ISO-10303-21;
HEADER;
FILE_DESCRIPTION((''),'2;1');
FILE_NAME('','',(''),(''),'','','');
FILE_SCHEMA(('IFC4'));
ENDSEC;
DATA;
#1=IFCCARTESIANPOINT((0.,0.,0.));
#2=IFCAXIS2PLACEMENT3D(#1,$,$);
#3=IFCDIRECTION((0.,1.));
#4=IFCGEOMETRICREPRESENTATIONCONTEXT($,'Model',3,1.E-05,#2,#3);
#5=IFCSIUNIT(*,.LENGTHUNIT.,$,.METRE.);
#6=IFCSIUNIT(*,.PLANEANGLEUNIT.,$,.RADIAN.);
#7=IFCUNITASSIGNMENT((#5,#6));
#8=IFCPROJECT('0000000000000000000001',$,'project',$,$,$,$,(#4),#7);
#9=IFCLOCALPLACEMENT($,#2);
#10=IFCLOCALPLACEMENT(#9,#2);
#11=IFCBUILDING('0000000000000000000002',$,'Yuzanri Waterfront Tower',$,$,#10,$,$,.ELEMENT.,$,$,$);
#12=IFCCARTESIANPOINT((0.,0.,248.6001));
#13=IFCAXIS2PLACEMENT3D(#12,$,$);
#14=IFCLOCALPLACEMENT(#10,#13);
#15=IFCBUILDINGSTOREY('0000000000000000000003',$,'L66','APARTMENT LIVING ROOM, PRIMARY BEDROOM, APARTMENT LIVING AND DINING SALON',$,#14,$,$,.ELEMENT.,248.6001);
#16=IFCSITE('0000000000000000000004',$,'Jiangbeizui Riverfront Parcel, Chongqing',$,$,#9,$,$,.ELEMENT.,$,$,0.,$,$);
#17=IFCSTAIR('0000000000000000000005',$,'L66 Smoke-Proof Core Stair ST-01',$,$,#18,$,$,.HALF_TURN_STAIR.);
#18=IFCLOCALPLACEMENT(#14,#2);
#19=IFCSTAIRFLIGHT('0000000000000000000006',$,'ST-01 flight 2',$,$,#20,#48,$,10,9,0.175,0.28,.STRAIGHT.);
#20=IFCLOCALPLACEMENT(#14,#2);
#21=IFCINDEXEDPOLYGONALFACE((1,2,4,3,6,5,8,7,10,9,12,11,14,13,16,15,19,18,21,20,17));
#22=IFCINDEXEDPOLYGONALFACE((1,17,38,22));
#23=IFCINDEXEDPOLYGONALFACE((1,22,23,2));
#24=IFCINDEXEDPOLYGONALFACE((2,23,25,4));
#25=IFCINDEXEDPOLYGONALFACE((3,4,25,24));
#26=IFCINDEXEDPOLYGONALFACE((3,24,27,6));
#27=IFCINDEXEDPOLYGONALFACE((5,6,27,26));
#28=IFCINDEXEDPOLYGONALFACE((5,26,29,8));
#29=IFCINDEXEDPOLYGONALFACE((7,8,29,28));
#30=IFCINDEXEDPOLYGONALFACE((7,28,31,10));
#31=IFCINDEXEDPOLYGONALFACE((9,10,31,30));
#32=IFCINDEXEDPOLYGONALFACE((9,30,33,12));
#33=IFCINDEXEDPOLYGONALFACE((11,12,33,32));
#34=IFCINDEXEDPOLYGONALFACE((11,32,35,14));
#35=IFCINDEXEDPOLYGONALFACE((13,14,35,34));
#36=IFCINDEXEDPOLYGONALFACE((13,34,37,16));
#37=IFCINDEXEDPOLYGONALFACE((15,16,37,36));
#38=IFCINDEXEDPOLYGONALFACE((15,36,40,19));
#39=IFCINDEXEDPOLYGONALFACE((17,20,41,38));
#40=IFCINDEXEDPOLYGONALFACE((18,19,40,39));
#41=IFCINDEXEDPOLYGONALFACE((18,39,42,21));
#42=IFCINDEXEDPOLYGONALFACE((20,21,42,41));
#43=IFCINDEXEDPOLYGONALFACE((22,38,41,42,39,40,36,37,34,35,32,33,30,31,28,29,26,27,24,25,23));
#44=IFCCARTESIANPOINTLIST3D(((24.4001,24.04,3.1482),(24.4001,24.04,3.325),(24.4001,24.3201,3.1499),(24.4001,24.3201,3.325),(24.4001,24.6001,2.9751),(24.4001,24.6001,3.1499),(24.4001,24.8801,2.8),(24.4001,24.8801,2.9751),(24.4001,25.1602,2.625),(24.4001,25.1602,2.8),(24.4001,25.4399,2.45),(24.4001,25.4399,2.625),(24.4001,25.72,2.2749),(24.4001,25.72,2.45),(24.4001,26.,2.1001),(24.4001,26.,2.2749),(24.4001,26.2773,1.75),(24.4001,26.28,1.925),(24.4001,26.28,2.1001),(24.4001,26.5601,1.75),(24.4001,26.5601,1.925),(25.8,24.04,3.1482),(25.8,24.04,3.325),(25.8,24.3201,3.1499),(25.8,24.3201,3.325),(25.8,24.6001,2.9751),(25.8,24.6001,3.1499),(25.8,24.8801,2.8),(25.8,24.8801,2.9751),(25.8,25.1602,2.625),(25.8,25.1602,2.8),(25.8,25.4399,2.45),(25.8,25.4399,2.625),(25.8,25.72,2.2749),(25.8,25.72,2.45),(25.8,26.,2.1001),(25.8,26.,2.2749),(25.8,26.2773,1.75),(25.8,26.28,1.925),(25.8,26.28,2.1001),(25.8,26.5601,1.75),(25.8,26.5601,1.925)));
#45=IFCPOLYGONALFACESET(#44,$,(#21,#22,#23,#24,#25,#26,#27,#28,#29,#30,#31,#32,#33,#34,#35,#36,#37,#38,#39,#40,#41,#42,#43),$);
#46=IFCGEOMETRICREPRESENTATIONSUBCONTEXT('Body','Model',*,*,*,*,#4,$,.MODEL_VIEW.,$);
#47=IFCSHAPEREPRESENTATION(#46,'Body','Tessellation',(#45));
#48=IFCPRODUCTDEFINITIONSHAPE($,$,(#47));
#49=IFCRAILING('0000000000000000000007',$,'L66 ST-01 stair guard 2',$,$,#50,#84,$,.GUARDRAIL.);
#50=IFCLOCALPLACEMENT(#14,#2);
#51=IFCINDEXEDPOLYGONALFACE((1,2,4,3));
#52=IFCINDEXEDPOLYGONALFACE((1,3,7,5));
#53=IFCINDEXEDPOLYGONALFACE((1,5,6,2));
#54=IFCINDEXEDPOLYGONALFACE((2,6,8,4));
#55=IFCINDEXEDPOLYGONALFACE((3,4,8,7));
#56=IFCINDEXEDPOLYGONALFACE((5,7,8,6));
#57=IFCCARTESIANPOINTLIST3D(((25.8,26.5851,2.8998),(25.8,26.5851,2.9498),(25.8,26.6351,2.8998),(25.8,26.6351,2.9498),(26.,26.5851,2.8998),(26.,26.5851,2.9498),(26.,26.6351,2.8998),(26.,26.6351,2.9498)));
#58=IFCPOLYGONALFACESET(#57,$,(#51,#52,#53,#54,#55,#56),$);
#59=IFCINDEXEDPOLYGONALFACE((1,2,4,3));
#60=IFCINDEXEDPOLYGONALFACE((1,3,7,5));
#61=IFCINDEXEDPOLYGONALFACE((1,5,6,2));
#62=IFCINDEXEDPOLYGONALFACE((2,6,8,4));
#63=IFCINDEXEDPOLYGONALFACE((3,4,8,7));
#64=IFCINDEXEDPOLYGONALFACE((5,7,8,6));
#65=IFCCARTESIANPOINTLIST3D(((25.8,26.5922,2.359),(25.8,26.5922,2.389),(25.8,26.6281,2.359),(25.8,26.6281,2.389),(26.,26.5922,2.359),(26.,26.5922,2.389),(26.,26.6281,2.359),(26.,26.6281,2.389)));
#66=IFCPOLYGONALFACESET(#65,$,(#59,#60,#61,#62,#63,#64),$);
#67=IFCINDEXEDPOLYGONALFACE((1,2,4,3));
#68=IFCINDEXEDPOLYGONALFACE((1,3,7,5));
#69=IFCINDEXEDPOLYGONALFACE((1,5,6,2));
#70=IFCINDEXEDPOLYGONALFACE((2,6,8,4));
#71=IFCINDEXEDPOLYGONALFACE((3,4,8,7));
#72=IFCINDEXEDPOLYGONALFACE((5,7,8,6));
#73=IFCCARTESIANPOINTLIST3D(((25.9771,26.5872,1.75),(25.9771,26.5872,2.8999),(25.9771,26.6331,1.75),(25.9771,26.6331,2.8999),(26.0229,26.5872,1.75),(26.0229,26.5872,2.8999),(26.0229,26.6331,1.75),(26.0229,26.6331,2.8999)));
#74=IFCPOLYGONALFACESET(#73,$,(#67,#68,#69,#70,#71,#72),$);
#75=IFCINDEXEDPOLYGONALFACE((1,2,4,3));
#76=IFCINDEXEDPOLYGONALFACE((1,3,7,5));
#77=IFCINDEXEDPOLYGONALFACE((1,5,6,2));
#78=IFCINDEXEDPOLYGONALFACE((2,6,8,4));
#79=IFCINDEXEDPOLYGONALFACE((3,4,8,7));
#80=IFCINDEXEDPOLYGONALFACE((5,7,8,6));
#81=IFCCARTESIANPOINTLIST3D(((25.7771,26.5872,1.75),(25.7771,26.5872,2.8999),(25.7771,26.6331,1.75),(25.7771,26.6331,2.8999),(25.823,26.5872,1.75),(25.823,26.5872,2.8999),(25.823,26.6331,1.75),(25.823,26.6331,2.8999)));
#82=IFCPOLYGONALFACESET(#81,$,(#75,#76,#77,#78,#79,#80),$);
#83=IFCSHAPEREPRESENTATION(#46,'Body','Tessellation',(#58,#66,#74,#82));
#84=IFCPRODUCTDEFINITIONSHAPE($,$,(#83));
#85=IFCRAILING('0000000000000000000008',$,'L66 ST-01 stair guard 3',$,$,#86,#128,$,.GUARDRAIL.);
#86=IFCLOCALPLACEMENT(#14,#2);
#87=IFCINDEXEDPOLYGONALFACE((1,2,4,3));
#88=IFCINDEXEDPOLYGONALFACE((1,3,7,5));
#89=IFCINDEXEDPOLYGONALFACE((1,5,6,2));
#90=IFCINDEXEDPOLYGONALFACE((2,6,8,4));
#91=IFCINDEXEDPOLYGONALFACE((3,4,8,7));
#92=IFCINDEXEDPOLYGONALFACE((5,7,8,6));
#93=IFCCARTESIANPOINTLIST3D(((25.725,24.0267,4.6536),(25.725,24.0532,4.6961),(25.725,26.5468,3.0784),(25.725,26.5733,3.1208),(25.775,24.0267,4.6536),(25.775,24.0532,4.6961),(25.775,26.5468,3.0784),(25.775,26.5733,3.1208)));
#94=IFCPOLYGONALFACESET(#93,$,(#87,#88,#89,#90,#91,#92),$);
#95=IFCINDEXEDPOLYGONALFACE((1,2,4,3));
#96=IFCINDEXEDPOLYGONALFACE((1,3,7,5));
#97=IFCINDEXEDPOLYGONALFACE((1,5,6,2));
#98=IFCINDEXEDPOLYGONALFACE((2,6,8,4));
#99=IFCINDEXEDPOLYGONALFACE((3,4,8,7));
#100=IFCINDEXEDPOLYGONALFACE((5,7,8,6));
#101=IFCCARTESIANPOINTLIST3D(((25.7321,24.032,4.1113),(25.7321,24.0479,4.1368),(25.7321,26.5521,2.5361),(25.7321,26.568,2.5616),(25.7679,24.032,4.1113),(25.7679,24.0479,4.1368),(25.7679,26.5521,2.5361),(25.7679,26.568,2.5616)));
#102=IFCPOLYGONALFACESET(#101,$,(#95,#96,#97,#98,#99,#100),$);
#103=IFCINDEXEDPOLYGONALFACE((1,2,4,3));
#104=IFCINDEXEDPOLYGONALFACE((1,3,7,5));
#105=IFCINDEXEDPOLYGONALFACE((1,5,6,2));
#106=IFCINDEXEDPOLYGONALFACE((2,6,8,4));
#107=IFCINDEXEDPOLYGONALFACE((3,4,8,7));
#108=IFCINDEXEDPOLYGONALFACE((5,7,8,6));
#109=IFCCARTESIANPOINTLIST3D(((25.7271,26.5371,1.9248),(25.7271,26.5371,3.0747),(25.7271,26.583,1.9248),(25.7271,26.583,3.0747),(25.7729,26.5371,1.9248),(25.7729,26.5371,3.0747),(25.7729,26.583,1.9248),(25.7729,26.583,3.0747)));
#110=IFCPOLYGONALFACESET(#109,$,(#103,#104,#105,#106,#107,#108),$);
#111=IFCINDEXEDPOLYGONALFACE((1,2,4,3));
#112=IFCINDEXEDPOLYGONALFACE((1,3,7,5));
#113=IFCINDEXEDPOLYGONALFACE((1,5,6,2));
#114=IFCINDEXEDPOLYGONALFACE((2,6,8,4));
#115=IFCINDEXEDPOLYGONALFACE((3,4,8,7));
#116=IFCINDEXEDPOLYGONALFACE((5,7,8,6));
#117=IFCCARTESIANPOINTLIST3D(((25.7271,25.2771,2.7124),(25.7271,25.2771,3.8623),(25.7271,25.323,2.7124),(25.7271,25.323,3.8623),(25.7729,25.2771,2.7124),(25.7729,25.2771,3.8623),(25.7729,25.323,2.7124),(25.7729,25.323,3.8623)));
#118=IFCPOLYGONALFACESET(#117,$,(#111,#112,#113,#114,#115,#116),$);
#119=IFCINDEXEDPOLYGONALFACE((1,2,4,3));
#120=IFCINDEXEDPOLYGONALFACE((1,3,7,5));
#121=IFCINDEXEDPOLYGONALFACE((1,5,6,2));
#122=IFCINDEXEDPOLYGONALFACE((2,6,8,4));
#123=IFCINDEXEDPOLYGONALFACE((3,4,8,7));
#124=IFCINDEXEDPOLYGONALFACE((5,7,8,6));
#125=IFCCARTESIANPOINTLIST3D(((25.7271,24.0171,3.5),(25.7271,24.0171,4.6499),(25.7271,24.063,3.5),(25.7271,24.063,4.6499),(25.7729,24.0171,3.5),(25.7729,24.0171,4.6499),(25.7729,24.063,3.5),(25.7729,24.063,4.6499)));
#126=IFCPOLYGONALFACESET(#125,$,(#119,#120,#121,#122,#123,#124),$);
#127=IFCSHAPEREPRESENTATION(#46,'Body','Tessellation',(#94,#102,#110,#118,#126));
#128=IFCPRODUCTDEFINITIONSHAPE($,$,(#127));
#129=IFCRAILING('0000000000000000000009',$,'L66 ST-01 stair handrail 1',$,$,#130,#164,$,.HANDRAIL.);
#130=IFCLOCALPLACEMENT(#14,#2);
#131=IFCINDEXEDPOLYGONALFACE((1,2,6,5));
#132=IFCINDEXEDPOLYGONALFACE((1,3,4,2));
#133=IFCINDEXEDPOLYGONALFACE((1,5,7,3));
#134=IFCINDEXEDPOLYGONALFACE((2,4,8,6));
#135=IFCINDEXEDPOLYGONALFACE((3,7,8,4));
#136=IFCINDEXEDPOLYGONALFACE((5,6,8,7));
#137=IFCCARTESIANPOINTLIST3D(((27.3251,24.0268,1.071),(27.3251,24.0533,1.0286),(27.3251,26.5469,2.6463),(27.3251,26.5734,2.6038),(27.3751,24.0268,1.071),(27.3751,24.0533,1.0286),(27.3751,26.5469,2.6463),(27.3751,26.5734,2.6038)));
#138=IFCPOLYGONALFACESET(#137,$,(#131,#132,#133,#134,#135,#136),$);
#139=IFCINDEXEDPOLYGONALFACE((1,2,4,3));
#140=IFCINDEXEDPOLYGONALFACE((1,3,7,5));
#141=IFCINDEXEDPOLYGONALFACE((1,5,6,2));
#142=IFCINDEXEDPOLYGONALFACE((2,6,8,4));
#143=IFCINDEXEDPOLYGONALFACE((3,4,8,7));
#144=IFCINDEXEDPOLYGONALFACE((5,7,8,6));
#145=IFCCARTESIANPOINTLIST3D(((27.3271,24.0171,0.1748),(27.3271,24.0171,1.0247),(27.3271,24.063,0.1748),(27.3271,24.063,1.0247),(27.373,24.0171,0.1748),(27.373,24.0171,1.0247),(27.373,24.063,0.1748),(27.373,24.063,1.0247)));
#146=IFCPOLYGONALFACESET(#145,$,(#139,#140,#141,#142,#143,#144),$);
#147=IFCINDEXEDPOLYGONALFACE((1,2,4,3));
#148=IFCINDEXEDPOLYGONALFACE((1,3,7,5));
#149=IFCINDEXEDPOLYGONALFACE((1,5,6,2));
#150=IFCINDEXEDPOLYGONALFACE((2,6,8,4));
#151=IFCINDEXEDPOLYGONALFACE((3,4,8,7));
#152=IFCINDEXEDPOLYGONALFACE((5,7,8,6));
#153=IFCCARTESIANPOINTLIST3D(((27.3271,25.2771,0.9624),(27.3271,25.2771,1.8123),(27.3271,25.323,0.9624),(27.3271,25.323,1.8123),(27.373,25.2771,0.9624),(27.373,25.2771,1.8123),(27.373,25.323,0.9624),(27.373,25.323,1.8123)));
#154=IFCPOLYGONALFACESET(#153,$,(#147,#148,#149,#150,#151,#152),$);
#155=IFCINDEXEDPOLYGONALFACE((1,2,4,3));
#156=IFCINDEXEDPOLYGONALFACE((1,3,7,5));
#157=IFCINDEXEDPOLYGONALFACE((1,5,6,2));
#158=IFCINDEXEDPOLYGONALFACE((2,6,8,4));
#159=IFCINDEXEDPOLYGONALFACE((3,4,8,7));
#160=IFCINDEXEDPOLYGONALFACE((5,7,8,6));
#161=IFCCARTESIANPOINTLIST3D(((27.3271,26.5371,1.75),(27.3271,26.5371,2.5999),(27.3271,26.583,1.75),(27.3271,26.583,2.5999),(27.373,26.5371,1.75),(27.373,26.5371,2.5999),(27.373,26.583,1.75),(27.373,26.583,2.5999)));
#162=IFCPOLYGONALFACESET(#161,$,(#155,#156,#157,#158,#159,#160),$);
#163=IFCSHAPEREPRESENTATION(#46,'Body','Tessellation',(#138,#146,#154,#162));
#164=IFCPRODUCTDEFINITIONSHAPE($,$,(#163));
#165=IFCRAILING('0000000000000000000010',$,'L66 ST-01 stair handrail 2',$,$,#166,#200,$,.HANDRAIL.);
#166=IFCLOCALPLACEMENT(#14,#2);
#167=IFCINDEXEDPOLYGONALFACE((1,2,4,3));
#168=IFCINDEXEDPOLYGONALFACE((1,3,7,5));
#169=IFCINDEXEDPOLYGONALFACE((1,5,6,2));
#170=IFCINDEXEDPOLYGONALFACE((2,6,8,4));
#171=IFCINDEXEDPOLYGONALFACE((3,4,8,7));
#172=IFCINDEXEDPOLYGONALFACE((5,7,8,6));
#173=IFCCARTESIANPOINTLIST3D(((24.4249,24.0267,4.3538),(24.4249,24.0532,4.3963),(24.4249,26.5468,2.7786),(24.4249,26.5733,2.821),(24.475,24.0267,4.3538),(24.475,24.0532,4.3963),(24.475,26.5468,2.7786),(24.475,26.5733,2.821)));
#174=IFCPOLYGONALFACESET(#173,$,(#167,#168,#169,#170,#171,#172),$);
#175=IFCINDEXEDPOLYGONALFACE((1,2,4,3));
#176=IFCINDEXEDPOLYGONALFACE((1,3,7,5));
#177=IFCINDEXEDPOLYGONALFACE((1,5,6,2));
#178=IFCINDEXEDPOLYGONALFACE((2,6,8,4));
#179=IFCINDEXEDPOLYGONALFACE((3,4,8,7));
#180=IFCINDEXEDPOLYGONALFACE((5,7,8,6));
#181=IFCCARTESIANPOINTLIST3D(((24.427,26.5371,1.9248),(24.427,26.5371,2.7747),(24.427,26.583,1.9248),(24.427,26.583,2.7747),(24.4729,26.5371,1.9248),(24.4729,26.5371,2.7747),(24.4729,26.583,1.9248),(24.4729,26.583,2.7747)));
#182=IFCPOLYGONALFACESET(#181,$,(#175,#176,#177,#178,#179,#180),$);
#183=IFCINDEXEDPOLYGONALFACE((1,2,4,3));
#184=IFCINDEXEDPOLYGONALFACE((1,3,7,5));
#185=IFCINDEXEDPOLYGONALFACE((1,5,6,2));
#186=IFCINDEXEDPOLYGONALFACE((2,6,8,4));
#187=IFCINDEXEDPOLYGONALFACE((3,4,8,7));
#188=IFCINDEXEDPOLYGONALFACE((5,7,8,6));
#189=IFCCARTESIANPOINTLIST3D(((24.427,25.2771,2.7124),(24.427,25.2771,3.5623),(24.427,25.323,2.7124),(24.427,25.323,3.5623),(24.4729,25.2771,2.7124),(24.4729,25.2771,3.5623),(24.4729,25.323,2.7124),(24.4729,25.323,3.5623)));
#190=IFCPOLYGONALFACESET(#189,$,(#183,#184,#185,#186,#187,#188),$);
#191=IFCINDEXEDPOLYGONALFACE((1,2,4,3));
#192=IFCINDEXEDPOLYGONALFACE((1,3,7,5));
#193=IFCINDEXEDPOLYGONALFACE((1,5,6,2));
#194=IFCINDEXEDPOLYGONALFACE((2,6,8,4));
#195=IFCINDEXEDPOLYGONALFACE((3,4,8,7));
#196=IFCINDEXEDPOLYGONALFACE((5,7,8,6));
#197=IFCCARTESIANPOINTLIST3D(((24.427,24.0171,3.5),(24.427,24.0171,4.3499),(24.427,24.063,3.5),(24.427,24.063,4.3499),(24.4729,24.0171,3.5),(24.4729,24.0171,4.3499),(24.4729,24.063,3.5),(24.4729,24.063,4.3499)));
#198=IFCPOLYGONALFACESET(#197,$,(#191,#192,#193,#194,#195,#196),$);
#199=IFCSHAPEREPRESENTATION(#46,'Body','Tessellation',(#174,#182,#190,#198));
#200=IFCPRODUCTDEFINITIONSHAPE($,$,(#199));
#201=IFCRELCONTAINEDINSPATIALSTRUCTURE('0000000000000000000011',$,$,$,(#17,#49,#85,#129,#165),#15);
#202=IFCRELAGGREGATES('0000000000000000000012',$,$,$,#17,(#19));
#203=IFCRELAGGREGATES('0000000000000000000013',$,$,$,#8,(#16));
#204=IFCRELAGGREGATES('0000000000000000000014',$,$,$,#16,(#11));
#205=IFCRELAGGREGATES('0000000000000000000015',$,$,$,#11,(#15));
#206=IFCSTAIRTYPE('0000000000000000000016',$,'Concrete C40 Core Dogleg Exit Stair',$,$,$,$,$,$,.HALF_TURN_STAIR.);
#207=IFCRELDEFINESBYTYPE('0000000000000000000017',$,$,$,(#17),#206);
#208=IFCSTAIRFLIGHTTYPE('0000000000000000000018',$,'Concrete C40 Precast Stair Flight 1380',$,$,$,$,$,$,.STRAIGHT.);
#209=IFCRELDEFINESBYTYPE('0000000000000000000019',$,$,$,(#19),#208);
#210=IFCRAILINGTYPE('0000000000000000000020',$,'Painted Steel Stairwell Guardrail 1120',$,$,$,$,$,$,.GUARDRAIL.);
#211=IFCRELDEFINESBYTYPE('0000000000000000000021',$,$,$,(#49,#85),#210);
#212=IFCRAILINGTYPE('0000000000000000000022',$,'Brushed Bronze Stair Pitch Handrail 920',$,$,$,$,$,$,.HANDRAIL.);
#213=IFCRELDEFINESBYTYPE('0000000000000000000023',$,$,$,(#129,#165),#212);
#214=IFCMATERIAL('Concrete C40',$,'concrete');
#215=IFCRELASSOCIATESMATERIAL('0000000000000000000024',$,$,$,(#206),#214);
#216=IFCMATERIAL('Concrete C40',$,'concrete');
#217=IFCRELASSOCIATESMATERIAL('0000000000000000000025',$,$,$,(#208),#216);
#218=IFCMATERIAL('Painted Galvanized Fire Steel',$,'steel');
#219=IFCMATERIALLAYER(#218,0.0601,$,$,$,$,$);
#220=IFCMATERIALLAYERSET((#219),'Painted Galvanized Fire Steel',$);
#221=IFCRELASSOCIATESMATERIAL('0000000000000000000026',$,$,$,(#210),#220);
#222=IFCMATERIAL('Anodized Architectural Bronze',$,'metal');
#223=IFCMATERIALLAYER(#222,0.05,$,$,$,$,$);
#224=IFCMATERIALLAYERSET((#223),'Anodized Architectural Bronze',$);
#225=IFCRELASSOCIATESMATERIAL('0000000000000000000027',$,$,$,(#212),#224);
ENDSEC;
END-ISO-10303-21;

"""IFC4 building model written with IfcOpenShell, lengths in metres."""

from ifc_helpers import new_model, si_unit, direction, frame, origin, origin_2d, place, context, subcontext, project, spatial, polyline, rectangle, outline, extrude, source, transform, mapped, material, layer, layer_set, type_object, element, aggregate, save


model = new_model("IFC4")

# Units and contexts
model_context = context("Model", 3, precision=1e-05, world=origin(), true_north=direction((0.0, 1.0)))
body_context = subcontext(model_context, "Body", "Model", "MODEL_VIEW")
ifc_project = project(units=[si_unit("LENGTHUNIT", "METRE"), si_unit("PLANEANGLEUNIT", "RADIAN")], contexts=[model_context])

# Site, building, storey
site_placement = place(None, origin())
site = spatial("IfcSite", under=ifc_project, at=site_placement, Name="Jiangbeizui Riverfront Parcel, Chongqing", CompositionType="ELEMENT", RefElevation=0.0)
building_placement = place(site_placement, origin())
building = spatial("IfcBuilding", under=site, at=building_placement, Name="Yuzanri Waterfront Tower", CompositionType="ELEMENT")
storey_placement = place(building_placement, frame((0.0, 0.0, 248.6001)))
storey = spatial("IfcBuildingStorey", under=building, at=storey_placement, Name="L66", Description="APARTMENT LIVING ROOM, PRIMARY BEDROOM, APARTMENT LIVING AND DINING SALON", CompositionType="ELEMENT", Elevation=248.6001)

# Stair, stair flight
ifc_material_1 = material(Name="Concrete C40", Category="concrete")
stair_type = type_object("IfcStairType", Name="Concrete C40 Core Dogleg Exit Stair", PredefinedType="HALF_TURN_STAIR", material=ifc_material_1)
stair_placement = place(storey_placement, origin())
stair = element("IfcStair", 1, at=stair_placement, inside=storey, type_object=stair_type, Name="L66 Smoke-Proof Core Stair ST-01", PredefinedType="HALF_TURN_STAIR")
ifc_material_2 = material(Name="Concrete C40", Category="concrete")
stair_flight_type = type_object("IfcStairFlightType", Name="Concrete C40 Precast Stair Flight 1380", PredefinedType="STRAIGHT", material=ifc_material_2)
shared_shape_1 = source(origin(), body_context, "Body", "SweptSolid", [
    extrude(outline(polyline([(0.0, 0.0), (0.0, 0.175), (0.28, 0.175), (0.28, 0.3501), (0.5601, 0.3501), (0.5601, 0.5249), (0.8401, 0.5249), (0.8401, 0.7), (1.1201, 0.7), (1.1201, 0.875), (1.3999, 0.875), (1.3999, 1.05), (1.6799, 1.05), (1.6799, 1.2251), (1.96, 1.2251), (1.96, 1.3999), (2.24, 1.3999), (2.24, 1.575), (2.52, 1.575), (2.52, 1.75), (2.52, 1.3982), (0.2827, 0.0), (0.0, 0.0)])), frame((0.0, 0.7, 0.0), z_axis=(0.0, -1.0, 0.0), x_axis=(1.0, 0.0, 0.0)), (0.0, 0.0, 1.0), 1.3999),
])
stair_flight_1_placement = place(storey_placement, frame((25.1001, 26.5601, 1.75), z_axis=(0.0, 0.0, 1.0), x_axis=(0.0, -1.0, 0.0)))
stair_flight_1 = element("IfcStairFlight", 2, at=stair_flight_1_placement, type_object=stair_flight_type, Name="ST-01 flight 2", NumberOfRisers=10, NumberOfTreads=9, PredefinedType="STRAIGHT", RiserHeight=0.175, TreadLength=0.28, context=body_context, shape_type="MappedRepresentation", body=[
    mapped(shared_shape_1, transform((0.0, 0.0, 0.0), scale=1.0)),
])
aggregate(stair, [stair_flight_1])

# Railings
ifc_material_3 = material(Name="Painted Galvanized Fire Steel", Category="steel")
ifc_layer_1 = layer(ifc_material_3, 0.0601)
ifc_layer_set_1 = layer_set([ifc_layer_1], Name="Painted Galvanized Fire Steel")
railing_type_1 = type_object("IfcRailingType", Name="Painted Steel Stairwell Guardrail 1120", PredefinedType="GUARDRAIL", material=ifc_layer_set_1)
shared_shape_2 = source(origin(), body_context, "Body", "SweptSolid", [
    extrude(rectangle(XDim=0.05, YDim=0.05, at=origin_2d()), frame((0.0, 0.0, 1.1748), z_axis=(-1.0, 0.0, 0.0), x_axis=(0.0, -1.0, 0.0)), (0.0, 0.0, 1.0), 0.2),
    extrude(rectangle(XDim=0.0359, YDim=0.03, at=origin_2d()), frame((0.0, 0.0, 0.624), z_axis=(-1.0, 0.0, 0.0), x_axis=(0.0, -1.0, 0.0)), (0.0, 0.0, 1.0), 0.2),
    extrude(rectangle(XDim=0.0459, YDim=0.0459, at=origin_2d()), origin(), (0.0, 0.0, 1.0), 1.1499),
    extrude(rectangle(XDim=0.0459, YDim=0.0459, at=origin_2d()), frame((-0.2, 0.0, 0.0)), (0.0, 0.0, 1.0), 1.1499),
])
railing_1_placement = place(storey_placement, frame((26.0, 26.6101, 1.75)))
element("IfcRailing", 3, at=railing_1_placement, inside=storey, type_object=railing_type_1, Name="L66 ST-01 stair guard 2", PredefinedType="GUARDRAIL", context=body_context, shape_type="MappedRepresentation", body=[
    mapped(shared_shape_2, transform((0.0, 0.0, 0.0), scale=1.0)),
])
shared_shape_3 = source(origin(), body_context, "Body", "SweptSolid", [
    extrude(rectangle(XDim=0.05, YDim=0.05, at=origin_2d()), frame((0.0, 0.0, 1.1748), z_axis=(0.0, -0.847971, 0.530043), x_axis=(1.0, 0.0, 0.0)), (0.0, 0.0, 1.0), 2.9719),
    extrude(rectangle(XDim=0.0359, YDim=0.03, at=origin_2d()), frame((0.0, 0.0, 0.624), z_axis=(0.0, -0.847971, 0.530043), x_axis=(1.0, 0.0, 0.0)), (0.0, 0.0, 1.0), 2.9719),
    extrude(rectangle(XDim=0.0459, YDim=0.0459, at=origin_2d()), origin(), (0.0, 0.0, 1.0), 1.1499),
    extrude(rectangle(XDim=0.0459, YDim=0.0459, at=origin_2d()), frame((0.0, -1.26, 0.7876)), (0.0, 0.0, 1.0), 1.1499),
    extrude(rectangle(XDim=0.0459, YDim=0.0459, at=origin_2d()), frame((0.0, -2.52, 1.5752)), (0.0, 0.0, 1.0), 1.1499),
])
railing_2_placement = place(storey_placement, frame((25.75, 26.5601, 1.9248)))
element("IfcRailing", 4, at=railing_2_placement, inside=storey, type_object=railing_type_1, Name="L66 ST-01 stair guard 3", PredefinedType="GUARDRAIL", context=body_context, shape_type="MappedRepresentation", body=[
    mapped(shared_shape_3, transform((0.0, 0.0, 0.0), scale=1.0)),
])
ifc_material_4 = material(Name="Anodized Architectural Bronze", Category="metal")
ifc_layer_2 = layer(ifc_material_4, 0.05)
ifc_layer_set_2 = layer_set([ifc_layer_2], Name="Anodized Architectural Bronze")
railing_type_2 = type_object("IfcRailingType", Name="Brushed Bronze Stair Pitch Handrail 920", PredefinedType="HANDRAIL", material=ifc_layer_set_2)
shared_shape_4 = source(origin(), body_context, "Body", "SweptSolid", [
    extrude(rectangle(XDim=0.05, YDim=0.05, at=origin_2d()), frame((0.0, 0.0, 0.875), z_axis=(0.0, 0.847971, 0.530043), x_axis=(-1.0, 0.0, 0.0)), (0.0, 0.0, 1.0), 2.9719),
    extrude(rectangle(XDim=0.0459, YDim=0.0459, at=origin_2d()), origin(), (0.0, 0.0, 1.0), 0.8499),
    extrude(rectangle(XDim=0.0459, YDim=0.0459, at=origin_2d()), frame((0.0, 1.26, 0.7876)), (0.0, 0.0, 1.0), 0.8499),
    extrude(rectangle(XDim=0.0459, YDim=0.0459, at=origin_2d()), frame((0.0, 2.52, 1.5752)), (0.0, 0.0, 1.0), 0.8499),
])
railing_3_placement = place(storey_placement, frame((27.3501, 24.04, 0.1748)))
element("IfcRailing", 5, at=railing_3_placement, inside=storey, type_object=railing_type_2, Name="L66 ST-01 stair handrail 1", PredefinedType="HANDRAIL", context=body_context, shape_type="MappedRepresentation", body=[
    mapped(shared_shape_4, transform((0.0, 0.0, 0.0), scale=1.0)),
])
shared_shape_5 = source(origin(), body_context, "Body", "SweptSolid", [
    extrude(rectangle(XDim=0.05, YDim=0.05, at=origin_2d()), frame((0.0, 0.0, 0.875), z_axis=(0.0, -0.847971, 0.530043), x_axis=(1.0, 0.0, 0.0)), (0.0, 0.0, 1.0), 2.9719),
    extrude(rectangle(XDim=0.0459, YDim=0.0459, at=origin_2d()), origin(), (0.0, 0.0, 1.0), 0.8499),
    extrude(rectangle(XDim=0.0459, YDim=0.0459, at=origin_2d()), frame((0.0, -1.26, 0.7876)), (0.0, 0.0, 1.0), 0.8499),
    extrude(rectangle(XDim=0.0459, YDim=0.0459, at=origin_2d()), frame((0.0, -2.52, 1.5752)), (0.0, 0.0, 1.0), 0.8499),
])
railing_4_placement = place(storey_placement, frame((24.45, 26.5601, 1.9248)))
element("IfcRailing", 6, at=railing_4_placement, inside=storey, type_object=railing_type_2, Name="L66 ST-01 stair handrail 2", PredefinedType="HANDRAIL", context=body_context, shape_type="MappedRepresentation", body=[
    mapped(shared_shape_5, transform((0.0, 0.0, 0.0), scale=1.0)),
])

save(model, "model.ifc")
